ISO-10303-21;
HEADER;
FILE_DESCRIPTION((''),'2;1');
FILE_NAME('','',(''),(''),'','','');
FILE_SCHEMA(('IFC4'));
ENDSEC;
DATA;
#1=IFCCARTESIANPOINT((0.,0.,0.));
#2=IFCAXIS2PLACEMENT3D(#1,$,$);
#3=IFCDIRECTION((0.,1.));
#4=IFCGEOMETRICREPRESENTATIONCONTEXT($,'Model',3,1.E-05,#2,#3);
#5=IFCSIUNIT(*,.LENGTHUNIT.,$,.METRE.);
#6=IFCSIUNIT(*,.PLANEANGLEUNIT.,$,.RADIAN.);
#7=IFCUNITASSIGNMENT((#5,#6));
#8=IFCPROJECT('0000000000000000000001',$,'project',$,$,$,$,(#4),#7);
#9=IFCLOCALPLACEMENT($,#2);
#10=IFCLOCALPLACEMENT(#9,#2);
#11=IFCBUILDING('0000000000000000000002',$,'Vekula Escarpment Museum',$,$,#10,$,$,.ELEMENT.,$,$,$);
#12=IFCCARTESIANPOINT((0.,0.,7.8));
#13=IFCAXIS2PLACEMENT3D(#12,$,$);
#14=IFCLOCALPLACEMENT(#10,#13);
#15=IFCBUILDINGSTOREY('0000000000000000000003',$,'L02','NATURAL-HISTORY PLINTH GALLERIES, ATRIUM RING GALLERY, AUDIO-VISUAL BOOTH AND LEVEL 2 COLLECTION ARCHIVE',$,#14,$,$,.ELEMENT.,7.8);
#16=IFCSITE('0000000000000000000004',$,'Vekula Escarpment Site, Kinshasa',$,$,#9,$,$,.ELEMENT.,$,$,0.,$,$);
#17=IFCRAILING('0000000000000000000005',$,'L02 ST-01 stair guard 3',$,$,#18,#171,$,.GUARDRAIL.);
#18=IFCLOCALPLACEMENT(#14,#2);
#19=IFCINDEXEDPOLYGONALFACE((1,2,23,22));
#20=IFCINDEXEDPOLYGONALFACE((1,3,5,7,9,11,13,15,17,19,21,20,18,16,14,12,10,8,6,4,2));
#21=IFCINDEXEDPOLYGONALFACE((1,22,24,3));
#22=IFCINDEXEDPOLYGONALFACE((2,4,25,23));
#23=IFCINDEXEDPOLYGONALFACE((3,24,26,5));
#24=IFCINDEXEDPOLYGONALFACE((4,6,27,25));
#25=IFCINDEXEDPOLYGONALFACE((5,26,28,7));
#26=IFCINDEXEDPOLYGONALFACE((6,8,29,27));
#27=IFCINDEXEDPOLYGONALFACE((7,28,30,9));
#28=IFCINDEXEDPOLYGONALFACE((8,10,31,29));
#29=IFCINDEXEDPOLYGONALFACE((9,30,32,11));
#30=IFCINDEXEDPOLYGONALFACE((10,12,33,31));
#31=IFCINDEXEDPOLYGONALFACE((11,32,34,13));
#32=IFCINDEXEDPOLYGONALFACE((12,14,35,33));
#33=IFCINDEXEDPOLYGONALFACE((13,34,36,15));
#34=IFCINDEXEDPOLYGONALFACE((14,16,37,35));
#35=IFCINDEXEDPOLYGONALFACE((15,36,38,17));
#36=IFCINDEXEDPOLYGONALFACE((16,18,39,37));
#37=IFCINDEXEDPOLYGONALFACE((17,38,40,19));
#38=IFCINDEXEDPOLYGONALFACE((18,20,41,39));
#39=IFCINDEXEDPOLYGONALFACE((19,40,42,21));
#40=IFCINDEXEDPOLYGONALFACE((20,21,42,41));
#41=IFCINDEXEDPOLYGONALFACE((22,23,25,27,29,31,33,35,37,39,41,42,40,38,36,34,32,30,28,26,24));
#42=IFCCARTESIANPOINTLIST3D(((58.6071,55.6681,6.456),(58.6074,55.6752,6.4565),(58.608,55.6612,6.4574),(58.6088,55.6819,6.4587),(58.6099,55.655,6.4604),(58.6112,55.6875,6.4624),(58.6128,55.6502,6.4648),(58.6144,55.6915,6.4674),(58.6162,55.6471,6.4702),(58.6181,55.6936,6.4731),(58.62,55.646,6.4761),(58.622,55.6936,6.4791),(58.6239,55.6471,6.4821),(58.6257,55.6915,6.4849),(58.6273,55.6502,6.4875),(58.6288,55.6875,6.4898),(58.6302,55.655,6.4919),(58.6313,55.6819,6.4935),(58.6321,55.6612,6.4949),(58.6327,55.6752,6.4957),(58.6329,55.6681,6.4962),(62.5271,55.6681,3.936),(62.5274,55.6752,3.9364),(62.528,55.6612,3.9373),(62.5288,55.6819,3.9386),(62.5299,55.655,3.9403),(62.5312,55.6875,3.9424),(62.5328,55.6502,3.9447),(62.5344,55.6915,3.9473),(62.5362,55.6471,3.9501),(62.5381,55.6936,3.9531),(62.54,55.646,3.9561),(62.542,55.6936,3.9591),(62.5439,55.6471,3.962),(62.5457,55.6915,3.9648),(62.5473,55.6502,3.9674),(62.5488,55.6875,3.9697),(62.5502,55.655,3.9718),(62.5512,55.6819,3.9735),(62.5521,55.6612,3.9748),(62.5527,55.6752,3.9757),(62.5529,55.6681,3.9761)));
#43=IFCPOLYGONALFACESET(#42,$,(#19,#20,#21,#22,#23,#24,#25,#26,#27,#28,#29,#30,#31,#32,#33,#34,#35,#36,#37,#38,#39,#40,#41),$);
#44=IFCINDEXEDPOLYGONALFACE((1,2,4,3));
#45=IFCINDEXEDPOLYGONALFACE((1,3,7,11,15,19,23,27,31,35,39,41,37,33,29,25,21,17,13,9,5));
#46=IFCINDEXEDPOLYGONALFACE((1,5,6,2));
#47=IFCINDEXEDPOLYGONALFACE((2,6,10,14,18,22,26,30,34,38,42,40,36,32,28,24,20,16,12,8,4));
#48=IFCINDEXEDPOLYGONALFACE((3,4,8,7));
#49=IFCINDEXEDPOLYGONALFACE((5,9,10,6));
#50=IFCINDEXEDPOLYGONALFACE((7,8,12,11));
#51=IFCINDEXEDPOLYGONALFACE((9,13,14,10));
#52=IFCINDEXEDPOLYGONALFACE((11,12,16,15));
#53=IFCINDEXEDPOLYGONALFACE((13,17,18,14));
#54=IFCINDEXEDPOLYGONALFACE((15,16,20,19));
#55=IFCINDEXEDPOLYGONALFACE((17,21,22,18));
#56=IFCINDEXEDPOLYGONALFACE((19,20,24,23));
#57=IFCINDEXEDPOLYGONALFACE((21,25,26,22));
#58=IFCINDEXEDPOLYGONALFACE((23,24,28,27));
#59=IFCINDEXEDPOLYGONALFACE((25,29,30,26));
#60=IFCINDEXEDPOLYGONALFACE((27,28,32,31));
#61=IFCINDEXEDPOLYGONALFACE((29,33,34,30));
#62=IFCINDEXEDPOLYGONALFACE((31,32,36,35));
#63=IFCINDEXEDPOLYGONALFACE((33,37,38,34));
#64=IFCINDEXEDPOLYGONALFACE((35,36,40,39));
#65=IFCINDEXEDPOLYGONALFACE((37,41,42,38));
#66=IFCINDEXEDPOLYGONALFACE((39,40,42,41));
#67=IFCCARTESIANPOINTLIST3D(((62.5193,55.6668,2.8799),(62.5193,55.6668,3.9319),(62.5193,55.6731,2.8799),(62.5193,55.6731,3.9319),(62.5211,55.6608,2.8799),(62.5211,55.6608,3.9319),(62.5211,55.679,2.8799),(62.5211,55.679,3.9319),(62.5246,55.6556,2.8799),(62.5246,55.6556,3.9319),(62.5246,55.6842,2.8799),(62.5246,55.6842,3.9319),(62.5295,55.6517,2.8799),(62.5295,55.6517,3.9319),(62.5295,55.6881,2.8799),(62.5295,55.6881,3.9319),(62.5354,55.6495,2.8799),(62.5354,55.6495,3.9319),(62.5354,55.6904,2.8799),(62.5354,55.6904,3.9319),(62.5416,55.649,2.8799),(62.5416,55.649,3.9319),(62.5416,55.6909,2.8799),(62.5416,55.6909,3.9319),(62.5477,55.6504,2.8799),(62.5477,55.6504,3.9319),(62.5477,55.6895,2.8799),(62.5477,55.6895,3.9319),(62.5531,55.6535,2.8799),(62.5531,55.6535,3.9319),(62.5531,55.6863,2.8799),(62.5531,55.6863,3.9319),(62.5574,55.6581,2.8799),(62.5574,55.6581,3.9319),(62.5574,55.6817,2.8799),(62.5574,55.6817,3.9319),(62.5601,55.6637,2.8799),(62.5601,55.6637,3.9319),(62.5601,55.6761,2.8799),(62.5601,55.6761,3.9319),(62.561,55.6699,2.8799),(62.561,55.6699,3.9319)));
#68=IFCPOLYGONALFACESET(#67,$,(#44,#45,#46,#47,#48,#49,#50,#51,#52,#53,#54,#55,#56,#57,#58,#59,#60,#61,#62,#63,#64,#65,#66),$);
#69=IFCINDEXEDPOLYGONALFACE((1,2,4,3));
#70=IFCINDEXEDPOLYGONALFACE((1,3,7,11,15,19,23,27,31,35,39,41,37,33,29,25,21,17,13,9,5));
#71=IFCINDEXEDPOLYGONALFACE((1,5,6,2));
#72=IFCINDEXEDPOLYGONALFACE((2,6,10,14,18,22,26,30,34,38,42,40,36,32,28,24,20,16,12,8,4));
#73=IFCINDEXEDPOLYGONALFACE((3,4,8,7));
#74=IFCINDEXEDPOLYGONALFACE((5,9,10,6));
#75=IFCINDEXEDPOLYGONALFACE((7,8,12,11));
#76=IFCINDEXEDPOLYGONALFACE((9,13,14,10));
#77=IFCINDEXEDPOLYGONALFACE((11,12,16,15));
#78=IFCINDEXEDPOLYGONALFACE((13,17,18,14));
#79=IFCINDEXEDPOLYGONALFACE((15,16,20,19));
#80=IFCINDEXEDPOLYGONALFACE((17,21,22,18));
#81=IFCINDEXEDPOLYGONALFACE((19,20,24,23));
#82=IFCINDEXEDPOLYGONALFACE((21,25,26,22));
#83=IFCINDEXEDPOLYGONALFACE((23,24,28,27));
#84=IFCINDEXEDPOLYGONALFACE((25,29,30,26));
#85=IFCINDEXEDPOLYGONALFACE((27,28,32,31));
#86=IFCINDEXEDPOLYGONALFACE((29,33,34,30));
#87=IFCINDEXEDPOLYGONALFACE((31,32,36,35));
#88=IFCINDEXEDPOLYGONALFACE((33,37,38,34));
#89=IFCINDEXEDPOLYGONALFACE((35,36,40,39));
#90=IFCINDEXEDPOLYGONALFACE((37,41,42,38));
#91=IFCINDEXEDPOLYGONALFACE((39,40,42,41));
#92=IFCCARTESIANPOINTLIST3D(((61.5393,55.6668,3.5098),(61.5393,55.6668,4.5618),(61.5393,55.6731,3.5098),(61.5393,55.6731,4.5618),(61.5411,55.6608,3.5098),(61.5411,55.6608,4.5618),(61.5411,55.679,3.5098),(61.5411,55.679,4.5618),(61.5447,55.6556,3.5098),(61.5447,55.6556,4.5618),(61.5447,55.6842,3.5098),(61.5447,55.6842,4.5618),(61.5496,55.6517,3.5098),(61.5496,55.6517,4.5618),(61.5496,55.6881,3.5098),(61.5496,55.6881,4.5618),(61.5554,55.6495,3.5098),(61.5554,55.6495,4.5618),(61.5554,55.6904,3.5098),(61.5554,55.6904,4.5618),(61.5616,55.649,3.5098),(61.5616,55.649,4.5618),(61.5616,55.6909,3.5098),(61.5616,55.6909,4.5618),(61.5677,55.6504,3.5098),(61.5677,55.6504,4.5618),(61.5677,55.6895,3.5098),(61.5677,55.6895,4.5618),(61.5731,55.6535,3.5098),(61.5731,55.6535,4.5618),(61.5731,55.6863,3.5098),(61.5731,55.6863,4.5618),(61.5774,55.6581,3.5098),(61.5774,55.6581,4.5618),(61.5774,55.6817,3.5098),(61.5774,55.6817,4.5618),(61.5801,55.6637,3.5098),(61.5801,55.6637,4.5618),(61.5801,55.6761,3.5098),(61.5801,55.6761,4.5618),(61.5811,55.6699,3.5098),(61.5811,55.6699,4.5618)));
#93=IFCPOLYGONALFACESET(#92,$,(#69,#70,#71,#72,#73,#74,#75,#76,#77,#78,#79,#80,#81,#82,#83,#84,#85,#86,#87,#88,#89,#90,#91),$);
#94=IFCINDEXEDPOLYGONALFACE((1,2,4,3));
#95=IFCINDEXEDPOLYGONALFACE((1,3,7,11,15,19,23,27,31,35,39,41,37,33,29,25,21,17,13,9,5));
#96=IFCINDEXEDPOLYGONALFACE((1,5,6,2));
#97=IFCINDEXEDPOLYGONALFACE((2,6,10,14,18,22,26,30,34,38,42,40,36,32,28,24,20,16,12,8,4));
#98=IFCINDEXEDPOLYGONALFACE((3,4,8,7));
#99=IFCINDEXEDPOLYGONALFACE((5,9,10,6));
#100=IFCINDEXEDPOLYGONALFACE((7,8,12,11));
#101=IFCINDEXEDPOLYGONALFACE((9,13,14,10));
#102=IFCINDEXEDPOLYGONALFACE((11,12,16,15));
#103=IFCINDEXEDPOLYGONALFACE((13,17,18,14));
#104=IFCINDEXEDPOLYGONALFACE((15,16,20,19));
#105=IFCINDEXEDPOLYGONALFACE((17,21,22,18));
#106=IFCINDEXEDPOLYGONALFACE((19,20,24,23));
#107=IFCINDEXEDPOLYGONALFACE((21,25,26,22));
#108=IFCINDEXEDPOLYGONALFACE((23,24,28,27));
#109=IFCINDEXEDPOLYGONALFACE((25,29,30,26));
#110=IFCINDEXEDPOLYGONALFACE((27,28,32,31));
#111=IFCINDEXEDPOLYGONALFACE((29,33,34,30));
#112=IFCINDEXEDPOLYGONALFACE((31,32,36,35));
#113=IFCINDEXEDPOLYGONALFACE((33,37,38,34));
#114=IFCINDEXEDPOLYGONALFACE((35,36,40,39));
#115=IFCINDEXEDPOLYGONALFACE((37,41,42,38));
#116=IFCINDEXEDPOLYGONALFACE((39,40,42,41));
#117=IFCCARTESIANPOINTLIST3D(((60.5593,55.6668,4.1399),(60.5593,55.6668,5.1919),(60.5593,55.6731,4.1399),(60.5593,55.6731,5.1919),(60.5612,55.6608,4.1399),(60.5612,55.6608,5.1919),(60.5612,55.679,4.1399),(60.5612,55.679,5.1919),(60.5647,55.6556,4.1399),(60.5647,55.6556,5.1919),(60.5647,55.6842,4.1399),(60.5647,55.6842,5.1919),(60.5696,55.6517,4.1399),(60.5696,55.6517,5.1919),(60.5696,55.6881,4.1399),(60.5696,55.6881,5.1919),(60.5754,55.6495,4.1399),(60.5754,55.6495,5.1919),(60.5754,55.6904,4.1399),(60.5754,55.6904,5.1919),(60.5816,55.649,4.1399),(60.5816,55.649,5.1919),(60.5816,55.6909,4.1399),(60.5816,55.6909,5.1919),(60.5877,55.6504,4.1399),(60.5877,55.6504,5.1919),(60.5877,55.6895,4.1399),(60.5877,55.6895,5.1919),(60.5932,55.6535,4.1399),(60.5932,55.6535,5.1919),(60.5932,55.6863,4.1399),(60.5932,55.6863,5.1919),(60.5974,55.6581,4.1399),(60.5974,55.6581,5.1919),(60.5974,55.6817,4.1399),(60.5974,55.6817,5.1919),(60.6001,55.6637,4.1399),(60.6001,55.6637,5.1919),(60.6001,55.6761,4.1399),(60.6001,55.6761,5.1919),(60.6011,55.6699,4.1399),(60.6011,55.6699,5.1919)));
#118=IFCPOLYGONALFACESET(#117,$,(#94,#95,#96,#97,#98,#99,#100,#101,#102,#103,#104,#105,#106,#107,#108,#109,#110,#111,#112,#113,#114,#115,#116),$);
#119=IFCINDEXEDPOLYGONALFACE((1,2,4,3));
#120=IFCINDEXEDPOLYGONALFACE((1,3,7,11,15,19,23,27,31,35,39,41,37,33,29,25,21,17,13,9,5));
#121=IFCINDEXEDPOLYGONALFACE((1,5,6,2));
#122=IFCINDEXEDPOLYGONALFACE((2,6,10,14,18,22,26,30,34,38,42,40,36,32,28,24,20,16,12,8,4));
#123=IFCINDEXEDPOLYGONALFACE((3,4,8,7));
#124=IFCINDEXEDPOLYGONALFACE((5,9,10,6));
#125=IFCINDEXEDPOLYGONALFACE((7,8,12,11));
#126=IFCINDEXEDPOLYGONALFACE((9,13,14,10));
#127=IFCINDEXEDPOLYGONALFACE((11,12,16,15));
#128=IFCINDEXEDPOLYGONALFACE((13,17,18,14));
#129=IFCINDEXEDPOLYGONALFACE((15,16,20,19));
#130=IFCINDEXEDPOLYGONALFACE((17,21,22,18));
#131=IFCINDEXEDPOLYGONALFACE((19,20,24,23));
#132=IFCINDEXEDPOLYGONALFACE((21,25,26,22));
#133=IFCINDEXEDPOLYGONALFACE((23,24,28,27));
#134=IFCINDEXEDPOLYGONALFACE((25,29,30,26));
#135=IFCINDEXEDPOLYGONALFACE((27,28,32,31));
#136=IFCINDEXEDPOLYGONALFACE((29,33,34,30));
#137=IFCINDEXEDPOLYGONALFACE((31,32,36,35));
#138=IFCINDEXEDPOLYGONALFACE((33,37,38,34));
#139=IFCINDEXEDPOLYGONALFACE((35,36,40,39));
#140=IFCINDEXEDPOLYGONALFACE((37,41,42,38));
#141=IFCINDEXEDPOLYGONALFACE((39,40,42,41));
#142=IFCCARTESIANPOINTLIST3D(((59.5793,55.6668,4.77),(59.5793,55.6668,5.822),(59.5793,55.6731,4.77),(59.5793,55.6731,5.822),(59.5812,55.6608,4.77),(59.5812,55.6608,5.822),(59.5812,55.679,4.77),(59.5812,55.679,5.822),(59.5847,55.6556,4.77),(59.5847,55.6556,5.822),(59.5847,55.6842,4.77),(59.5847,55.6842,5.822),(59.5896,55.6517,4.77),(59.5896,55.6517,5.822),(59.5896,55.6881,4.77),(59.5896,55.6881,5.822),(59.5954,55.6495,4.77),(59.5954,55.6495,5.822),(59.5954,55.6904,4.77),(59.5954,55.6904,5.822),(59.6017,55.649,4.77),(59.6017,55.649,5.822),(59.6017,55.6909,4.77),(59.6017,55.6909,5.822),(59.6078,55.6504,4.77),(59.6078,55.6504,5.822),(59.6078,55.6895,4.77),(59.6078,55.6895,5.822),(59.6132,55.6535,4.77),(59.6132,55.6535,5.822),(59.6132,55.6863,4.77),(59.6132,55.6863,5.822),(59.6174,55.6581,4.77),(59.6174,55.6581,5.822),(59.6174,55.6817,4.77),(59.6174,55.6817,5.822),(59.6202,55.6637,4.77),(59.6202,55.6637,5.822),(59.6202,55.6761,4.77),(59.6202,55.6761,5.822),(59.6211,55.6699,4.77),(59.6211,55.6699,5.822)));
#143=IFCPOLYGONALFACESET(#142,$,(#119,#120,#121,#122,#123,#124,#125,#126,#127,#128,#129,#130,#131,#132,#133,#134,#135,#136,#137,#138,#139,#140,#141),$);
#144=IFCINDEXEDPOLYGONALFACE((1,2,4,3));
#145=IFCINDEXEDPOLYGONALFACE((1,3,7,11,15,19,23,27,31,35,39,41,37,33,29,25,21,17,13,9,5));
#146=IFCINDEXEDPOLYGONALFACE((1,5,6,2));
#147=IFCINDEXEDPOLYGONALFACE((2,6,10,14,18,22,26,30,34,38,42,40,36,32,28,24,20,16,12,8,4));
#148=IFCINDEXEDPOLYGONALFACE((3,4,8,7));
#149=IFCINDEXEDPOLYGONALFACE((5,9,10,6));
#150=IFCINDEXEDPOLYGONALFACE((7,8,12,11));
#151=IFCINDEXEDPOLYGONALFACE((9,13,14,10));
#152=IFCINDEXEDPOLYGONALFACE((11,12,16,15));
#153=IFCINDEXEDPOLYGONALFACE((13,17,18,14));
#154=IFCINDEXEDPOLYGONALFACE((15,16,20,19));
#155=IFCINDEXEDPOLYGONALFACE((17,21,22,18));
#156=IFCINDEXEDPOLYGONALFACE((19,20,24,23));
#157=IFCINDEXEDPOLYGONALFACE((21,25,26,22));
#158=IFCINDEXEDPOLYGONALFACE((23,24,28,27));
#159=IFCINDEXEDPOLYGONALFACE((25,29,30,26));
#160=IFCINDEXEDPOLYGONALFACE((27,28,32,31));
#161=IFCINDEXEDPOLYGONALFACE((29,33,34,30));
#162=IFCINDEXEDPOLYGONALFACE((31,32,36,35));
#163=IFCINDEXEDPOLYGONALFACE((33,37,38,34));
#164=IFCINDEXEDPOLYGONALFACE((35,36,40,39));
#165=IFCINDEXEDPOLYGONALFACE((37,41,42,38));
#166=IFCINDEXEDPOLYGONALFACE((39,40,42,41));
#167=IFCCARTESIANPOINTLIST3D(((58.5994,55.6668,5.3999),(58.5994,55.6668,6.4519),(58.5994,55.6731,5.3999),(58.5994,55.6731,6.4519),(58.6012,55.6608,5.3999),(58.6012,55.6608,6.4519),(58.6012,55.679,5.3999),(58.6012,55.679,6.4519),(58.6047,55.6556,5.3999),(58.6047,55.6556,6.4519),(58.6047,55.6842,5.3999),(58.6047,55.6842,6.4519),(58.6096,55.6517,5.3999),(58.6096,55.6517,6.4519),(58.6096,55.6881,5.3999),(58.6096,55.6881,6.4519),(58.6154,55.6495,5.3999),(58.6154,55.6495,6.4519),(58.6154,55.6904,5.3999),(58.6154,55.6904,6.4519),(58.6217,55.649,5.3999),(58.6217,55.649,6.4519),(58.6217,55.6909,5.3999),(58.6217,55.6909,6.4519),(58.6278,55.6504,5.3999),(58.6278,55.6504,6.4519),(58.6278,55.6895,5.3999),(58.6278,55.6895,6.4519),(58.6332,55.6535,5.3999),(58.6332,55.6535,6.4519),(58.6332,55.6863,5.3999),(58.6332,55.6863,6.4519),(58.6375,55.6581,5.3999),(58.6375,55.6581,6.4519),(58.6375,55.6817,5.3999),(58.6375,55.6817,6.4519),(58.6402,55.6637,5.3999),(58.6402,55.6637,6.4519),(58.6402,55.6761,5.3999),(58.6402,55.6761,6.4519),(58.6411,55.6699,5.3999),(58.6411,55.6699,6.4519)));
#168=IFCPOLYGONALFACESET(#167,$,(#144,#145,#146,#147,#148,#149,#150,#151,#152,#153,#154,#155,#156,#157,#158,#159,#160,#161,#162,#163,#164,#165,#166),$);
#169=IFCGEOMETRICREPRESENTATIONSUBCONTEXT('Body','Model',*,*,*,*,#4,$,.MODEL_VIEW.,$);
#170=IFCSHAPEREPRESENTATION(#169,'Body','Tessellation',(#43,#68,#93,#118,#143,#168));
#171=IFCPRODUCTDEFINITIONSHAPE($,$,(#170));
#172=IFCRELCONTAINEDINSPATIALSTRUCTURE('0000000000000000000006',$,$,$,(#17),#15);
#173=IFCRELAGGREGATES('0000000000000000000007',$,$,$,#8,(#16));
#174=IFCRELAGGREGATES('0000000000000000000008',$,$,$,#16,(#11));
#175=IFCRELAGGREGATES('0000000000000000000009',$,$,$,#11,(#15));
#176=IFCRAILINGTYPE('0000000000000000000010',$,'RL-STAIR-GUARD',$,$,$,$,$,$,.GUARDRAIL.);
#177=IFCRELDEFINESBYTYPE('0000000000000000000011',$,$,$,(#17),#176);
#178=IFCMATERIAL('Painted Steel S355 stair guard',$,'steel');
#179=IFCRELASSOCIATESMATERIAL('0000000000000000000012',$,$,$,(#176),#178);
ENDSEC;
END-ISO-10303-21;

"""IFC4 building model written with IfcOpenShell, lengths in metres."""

from ifc_helpers import new_model, si_unit, direction, frame, origin, origin_2d, place, context, subcontext, project, spatial, circle, extrude, material, type_object, element, save


model = new_model("IFC4")

# Units and contexts
model_context = context("Model", 3, precision=1e-05, world=origin(), true_north=direction((0.0, 1.0)))
body_context = subcontext(model_context, "Body", "Model", "MODEL_VIEW")
ifc_project = project(units=[si_unit("LENGTHUNIT", "METRE"), si_unit("PLANEANGLEUNIT", "RADIAN")], contexts=[model_context])

# Site, building, storey
site_placement = place(None, origin())
site = spatial("IfcSite", under=ifc_project, at=site_placement, Name="Vekula Escarpment Site, Kinshasa", CompositionType="ELEMENT", RefElevation=0.0)
building_placement = place(site_placement, origin())
building = spatial("IfcBuilding", under=site, at=building_placement, Name="Vekula Escarpment Museum", CompositionType="ELEMENT")
storey_placement = place(building_placement, frame((0.0, 0.0, 7.8)))
storey = spatial("IfcBuildingStorey", under=building, at=storey_placement, Name="L02", Description="NATURAL-HISTORY PLINTH GALLERIES, ATRIUM RING GALLERY, AUDIO-VISUAL BOOTH AND LEVEL 2 COLLECTION ARCHIVE", CompositionType="ELEMENT", Elevation=7.8)

# Railing
ifc_material_1 = material(Name="Painted Steel S355 stair guard", Category="steel")
railing_type_1 = type_object("IfcRailingType", Name="RL-STAIR-GUARD", PredefinedType="GUARDRAIL", material=ifc_material_1)
railing_1_placement = place(storey_placement, frame((62.54, 55.6699, 2.8799)))
element("IfcRailing", 1, at=railing_1_placement, inside=storey, type_object=railing_type_1, Name="L02 ST-01 stair guard 3", PredefinedType="GUARDRAIL", context=body_context, shape_type="SweptSolid", body=[
    extrude(circle(Radius=0.0239, at=origin_2d()), frame((0.0, 0.0, 1.0762), z_axis=(-0.841172, 0.0, 0.540768), x_axis=(0.0, -1.0, 0.0)), (0.0, 0.0, 1.0), 4.6602),
    extrude(circle(Radius=0.021, at=origin_2d()), origin(), (0.0, 0.0, 1.0), 1.052),
    extrude(circle(Radius=0.021, at=origin_2d()), frame((-0.98, 0.0, 0.6299)), (0.0, 0.0, 1.0), 1.052),
    extrude(circle(Radius=0.021, at=origin_2d()), frame((-1.96, 0.0, 1.26)), (0.0, 0.0, 1.0), 1.052),
    extrude(circle(Radius=0.021, at=origin_2d()), frame((-2.9399, 0.0, 1.8901)), (0.0, 0.0, 1.0), 1.052),
    extrude(circle(Radius=0.021, at=origin_2d()), frame((-3.9199, 0.0, 2.52)), (0.0, 0.0, 1.0), 1.052),
])

save(model, "model.ifc")
